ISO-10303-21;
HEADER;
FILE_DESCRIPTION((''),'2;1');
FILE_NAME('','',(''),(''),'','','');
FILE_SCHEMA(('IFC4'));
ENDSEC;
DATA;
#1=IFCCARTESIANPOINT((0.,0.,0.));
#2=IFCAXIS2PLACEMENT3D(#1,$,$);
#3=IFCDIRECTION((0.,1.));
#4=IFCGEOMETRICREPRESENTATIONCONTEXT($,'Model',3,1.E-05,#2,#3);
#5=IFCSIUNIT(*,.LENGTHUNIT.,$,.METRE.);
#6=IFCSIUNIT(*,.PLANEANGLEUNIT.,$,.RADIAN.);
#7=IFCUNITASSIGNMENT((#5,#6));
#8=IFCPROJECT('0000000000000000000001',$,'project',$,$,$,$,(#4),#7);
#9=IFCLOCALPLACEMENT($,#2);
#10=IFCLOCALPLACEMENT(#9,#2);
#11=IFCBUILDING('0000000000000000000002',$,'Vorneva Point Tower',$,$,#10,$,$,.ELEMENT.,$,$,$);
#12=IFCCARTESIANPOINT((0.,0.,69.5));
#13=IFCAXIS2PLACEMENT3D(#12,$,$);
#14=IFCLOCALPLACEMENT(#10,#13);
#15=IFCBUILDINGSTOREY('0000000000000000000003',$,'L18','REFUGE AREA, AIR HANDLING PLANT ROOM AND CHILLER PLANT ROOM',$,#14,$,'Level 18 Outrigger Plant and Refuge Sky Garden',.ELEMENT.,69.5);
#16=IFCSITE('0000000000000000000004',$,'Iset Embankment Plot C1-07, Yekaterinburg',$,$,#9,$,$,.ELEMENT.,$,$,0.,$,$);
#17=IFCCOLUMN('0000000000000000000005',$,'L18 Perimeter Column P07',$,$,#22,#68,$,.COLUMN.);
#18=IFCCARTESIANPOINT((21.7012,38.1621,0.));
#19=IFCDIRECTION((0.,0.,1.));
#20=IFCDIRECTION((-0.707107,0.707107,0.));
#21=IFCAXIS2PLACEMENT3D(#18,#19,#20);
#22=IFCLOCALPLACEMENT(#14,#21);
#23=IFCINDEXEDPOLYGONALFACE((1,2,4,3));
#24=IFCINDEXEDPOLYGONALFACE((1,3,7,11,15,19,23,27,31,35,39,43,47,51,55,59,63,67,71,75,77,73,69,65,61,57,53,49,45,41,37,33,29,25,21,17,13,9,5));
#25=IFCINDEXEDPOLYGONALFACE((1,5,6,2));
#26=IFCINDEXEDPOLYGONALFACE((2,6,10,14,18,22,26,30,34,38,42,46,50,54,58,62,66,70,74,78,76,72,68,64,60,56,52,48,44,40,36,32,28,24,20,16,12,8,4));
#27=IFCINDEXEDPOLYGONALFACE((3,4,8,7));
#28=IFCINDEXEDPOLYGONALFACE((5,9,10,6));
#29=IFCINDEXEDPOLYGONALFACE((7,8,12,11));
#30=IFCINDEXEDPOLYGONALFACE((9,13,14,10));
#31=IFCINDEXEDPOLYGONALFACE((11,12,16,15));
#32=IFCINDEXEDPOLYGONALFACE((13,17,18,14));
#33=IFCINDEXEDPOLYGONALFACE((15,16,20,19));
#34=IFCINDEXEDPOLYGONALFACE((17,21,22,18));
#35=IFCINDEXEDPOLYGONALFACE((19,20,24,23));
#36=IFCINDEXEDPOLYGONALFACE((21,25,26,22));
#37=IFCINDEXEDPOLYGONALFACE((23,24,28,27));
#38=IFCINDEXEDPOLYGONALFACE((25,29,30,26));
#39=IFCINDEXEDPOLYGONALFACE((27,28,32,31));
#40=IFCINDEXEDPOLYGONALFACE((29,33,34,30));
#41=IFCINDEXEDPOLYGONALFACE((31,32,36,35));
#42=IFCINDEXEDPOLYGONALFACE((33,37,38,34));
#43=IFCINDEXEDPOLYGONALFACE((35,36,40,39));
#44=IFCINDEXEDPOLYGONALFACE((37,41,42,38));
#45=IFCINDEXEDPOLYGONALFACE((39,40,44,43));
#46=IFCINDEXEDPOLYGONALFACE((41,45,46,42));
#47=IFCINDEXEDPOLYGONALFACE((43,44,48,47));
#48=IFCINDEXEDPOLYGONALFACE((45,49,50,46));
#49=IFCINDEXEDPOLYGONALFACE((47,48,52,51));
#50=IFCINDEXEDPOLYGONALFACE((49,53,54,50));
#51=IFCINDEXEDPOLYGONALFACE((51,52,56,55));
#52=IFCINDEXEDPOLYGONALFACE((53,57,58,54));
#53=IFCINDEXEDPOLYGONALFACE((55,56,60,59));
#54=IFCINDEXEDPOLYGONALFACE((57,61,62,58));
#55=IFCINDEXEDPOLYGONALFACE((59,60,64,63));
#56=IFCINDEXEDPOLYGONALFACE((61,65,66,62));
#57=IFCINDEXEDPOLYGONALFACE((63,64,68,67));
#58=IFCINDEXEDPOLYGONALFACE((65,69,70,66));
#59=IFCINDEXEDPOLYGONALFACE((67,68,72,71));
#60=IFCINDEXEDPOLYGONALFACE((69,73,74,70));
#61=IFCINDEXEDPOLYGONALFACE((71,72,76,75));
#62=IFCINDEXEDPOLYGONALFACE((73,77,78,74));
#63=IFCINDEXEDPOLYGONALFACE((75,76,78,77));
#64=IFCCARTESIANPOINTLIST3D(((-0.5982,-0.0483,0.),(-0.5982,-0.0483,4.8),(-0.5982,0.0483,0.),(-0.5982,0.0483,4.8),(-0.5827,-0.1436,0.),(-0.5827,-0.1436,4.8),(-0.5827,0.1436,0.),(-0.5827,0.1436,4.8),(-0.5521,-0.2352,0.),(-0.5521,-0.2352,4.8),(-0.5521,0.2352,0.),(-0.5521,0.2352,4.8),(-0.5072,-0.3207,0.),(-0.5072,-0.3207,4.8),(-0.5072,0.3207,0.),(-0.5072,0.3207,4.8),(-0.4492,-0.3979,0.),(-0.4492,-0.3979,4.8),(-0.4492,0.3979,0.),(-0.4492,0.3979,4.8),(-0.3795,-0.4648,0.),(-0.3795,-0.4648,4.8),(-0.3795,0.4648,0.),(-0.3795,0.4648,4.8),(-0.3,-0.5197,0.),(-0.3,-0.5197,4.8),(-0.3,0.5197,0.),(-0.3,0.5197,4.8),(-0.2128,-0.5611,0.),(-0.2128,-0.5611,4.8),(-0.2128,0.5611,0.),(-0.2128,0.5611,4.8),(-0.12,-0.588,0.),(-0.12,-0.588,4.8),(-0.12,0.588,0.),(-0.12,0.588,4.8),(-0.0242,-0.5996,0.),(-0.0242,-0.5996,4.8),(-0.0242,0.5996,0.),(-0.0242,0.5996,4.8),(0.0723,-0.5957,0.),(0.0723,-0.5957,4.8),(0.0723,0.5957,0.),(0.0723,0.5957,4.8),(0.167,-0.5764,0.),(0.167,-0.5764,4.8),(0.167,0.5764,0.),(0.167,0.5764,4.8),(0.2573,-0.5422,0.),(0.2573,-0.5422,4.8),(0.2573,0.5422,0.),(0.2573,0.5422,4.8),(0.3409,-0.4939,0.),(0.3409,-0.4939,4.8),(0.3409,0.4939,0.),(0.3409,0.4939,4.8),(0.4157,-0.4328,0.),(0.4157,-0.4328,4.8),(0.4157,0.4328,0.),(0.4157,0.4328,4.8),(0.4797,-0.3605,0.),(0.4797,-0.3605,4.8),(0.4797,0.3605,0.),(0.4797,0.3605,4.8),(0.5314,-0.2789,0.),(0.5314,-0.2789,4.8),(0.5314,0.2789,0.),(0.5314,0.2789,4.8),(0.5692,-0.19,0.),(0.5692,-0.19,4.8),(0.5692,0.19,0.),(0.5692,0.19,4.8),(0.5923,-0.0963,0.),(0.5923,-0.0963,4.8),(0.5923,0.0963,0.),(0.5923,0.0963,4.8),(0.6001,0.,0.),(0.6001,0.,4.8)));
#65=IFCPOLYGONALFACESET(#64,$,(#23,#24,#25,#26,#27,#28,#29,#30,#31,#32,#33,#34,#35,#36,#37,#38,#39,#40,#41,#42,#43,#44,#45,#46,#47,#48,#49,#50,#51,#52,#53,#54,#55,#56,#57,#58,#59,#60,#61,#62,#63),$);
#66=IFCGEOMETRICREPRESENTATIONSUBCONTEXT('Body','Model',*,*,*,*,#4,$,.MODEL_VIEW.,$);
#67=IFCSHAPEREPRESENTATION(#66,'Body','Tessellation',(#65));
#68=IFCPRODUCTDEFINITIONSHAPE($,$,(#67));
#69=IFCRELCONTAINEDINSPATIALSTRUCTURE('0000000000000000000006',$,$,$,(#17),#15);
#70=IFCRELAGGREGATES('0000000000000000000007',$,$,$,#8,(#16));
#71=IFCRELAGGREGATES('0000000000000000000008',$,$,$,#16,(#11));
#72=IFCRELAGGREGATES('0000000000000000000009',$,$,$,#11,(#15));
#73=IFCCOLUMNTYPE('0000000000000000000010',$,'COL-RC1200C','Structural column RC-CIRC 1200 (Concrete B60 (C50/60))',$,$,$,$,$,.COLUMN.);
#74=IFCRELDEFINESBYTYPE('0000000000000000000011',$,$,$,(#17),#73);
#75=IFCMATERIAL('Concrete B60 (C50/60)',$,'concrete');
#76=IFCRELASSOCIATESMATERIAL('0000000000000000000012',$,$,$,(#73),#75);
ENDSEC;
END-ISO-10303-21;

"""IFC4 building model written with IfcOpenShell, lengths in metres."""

from ifc_helpers import new_model, si_unit, direction, frame, origin, origin_2d, place, context, subcontext, project, spatial, circle, extrude, material, material_profile, profile_set, type_object, element, save


model = new_model("IFC4")

# Units and contexts
model_context = context("Model", 3, precision=1e-05, world=origin(), true_north=direction((0.0, 1.0)))
body_context = subcontext(model_context, "Body", "Model", "MODEL_VIEW")
ifc_project = project(units=[si_unit("LENGTHUNIT", "METRE"), si_unit("PLANEANGLEUNIT", "RADIAN")], contexts=[model_context])

# Site, building, storey
site_placement = place(None, origin())
site = spatial("IfcSite", under=ifc_project, at=site_placement, Name="Iset Embankment Plot C1-07, Yekaterinburg", CompositionType="ELEMENT", RefElevation=0.0)
building_placement = place(site_placement, origin())
building = spatial("IfcBuilding", under=site, at=building_placement, Name="Vorneva Point Tower", CompositionType="ELEMENT")
storey_placement = place(building_placement, frame((0.0, 0.0, 69.5)))
storey = spatial("IfcBuildingStorey", under=building, at=storey_placement, Name="L18", Description="REFUGE AREA, AIR HANDLING PLANT ROOM AND CHILLER PLANT ROOM", LongName="Level 18 Outrigger Plant and Refuge Sky Garden", CompositionType="ELEMENT", Elevation=69.5)

# Column
ifc_material_1 = material(Name="Concrete B60 (C50/60)", Category="concrete")
ifc_material_profile_1 = material_profile(ifc_material_1, circle(Radius=0.6001, at=origin_2d()), Name="RC-CIRC 1200")
ifc_profile_set_1 = profile_set([ifc_material_profile_1], Name="Concrete B60 (C50/60)")
column_type = type_object("IfcColumnType", Name="COL-RC1200C", Description="Structural column RC-CIRC 1200 (Concrete B60 (C50/60))", PredefinedType="COLUMN", material=ifc_profile_set_1)
column_placement = place(storey_placement, frame((21.7012, 38.1621, 0.0), z_axis=(0.0, 0.0, 1.0), x_axis=(-0.707107, 0.707107, 0.0)))
element("IfcColumn", 1, at=column_placement, inside=storey, type_object=column_type, Name="L18 Perimeter Column P07", PredefinedType="COLUMN", context=body_context, shape_type="SweptSolid", body=[
    extrude(circle(Radius=0.6001, at=origin_2d()), origin(), (0.0, 0.0, 1.0), 4.8),
])

save(model, "model.ifc")
